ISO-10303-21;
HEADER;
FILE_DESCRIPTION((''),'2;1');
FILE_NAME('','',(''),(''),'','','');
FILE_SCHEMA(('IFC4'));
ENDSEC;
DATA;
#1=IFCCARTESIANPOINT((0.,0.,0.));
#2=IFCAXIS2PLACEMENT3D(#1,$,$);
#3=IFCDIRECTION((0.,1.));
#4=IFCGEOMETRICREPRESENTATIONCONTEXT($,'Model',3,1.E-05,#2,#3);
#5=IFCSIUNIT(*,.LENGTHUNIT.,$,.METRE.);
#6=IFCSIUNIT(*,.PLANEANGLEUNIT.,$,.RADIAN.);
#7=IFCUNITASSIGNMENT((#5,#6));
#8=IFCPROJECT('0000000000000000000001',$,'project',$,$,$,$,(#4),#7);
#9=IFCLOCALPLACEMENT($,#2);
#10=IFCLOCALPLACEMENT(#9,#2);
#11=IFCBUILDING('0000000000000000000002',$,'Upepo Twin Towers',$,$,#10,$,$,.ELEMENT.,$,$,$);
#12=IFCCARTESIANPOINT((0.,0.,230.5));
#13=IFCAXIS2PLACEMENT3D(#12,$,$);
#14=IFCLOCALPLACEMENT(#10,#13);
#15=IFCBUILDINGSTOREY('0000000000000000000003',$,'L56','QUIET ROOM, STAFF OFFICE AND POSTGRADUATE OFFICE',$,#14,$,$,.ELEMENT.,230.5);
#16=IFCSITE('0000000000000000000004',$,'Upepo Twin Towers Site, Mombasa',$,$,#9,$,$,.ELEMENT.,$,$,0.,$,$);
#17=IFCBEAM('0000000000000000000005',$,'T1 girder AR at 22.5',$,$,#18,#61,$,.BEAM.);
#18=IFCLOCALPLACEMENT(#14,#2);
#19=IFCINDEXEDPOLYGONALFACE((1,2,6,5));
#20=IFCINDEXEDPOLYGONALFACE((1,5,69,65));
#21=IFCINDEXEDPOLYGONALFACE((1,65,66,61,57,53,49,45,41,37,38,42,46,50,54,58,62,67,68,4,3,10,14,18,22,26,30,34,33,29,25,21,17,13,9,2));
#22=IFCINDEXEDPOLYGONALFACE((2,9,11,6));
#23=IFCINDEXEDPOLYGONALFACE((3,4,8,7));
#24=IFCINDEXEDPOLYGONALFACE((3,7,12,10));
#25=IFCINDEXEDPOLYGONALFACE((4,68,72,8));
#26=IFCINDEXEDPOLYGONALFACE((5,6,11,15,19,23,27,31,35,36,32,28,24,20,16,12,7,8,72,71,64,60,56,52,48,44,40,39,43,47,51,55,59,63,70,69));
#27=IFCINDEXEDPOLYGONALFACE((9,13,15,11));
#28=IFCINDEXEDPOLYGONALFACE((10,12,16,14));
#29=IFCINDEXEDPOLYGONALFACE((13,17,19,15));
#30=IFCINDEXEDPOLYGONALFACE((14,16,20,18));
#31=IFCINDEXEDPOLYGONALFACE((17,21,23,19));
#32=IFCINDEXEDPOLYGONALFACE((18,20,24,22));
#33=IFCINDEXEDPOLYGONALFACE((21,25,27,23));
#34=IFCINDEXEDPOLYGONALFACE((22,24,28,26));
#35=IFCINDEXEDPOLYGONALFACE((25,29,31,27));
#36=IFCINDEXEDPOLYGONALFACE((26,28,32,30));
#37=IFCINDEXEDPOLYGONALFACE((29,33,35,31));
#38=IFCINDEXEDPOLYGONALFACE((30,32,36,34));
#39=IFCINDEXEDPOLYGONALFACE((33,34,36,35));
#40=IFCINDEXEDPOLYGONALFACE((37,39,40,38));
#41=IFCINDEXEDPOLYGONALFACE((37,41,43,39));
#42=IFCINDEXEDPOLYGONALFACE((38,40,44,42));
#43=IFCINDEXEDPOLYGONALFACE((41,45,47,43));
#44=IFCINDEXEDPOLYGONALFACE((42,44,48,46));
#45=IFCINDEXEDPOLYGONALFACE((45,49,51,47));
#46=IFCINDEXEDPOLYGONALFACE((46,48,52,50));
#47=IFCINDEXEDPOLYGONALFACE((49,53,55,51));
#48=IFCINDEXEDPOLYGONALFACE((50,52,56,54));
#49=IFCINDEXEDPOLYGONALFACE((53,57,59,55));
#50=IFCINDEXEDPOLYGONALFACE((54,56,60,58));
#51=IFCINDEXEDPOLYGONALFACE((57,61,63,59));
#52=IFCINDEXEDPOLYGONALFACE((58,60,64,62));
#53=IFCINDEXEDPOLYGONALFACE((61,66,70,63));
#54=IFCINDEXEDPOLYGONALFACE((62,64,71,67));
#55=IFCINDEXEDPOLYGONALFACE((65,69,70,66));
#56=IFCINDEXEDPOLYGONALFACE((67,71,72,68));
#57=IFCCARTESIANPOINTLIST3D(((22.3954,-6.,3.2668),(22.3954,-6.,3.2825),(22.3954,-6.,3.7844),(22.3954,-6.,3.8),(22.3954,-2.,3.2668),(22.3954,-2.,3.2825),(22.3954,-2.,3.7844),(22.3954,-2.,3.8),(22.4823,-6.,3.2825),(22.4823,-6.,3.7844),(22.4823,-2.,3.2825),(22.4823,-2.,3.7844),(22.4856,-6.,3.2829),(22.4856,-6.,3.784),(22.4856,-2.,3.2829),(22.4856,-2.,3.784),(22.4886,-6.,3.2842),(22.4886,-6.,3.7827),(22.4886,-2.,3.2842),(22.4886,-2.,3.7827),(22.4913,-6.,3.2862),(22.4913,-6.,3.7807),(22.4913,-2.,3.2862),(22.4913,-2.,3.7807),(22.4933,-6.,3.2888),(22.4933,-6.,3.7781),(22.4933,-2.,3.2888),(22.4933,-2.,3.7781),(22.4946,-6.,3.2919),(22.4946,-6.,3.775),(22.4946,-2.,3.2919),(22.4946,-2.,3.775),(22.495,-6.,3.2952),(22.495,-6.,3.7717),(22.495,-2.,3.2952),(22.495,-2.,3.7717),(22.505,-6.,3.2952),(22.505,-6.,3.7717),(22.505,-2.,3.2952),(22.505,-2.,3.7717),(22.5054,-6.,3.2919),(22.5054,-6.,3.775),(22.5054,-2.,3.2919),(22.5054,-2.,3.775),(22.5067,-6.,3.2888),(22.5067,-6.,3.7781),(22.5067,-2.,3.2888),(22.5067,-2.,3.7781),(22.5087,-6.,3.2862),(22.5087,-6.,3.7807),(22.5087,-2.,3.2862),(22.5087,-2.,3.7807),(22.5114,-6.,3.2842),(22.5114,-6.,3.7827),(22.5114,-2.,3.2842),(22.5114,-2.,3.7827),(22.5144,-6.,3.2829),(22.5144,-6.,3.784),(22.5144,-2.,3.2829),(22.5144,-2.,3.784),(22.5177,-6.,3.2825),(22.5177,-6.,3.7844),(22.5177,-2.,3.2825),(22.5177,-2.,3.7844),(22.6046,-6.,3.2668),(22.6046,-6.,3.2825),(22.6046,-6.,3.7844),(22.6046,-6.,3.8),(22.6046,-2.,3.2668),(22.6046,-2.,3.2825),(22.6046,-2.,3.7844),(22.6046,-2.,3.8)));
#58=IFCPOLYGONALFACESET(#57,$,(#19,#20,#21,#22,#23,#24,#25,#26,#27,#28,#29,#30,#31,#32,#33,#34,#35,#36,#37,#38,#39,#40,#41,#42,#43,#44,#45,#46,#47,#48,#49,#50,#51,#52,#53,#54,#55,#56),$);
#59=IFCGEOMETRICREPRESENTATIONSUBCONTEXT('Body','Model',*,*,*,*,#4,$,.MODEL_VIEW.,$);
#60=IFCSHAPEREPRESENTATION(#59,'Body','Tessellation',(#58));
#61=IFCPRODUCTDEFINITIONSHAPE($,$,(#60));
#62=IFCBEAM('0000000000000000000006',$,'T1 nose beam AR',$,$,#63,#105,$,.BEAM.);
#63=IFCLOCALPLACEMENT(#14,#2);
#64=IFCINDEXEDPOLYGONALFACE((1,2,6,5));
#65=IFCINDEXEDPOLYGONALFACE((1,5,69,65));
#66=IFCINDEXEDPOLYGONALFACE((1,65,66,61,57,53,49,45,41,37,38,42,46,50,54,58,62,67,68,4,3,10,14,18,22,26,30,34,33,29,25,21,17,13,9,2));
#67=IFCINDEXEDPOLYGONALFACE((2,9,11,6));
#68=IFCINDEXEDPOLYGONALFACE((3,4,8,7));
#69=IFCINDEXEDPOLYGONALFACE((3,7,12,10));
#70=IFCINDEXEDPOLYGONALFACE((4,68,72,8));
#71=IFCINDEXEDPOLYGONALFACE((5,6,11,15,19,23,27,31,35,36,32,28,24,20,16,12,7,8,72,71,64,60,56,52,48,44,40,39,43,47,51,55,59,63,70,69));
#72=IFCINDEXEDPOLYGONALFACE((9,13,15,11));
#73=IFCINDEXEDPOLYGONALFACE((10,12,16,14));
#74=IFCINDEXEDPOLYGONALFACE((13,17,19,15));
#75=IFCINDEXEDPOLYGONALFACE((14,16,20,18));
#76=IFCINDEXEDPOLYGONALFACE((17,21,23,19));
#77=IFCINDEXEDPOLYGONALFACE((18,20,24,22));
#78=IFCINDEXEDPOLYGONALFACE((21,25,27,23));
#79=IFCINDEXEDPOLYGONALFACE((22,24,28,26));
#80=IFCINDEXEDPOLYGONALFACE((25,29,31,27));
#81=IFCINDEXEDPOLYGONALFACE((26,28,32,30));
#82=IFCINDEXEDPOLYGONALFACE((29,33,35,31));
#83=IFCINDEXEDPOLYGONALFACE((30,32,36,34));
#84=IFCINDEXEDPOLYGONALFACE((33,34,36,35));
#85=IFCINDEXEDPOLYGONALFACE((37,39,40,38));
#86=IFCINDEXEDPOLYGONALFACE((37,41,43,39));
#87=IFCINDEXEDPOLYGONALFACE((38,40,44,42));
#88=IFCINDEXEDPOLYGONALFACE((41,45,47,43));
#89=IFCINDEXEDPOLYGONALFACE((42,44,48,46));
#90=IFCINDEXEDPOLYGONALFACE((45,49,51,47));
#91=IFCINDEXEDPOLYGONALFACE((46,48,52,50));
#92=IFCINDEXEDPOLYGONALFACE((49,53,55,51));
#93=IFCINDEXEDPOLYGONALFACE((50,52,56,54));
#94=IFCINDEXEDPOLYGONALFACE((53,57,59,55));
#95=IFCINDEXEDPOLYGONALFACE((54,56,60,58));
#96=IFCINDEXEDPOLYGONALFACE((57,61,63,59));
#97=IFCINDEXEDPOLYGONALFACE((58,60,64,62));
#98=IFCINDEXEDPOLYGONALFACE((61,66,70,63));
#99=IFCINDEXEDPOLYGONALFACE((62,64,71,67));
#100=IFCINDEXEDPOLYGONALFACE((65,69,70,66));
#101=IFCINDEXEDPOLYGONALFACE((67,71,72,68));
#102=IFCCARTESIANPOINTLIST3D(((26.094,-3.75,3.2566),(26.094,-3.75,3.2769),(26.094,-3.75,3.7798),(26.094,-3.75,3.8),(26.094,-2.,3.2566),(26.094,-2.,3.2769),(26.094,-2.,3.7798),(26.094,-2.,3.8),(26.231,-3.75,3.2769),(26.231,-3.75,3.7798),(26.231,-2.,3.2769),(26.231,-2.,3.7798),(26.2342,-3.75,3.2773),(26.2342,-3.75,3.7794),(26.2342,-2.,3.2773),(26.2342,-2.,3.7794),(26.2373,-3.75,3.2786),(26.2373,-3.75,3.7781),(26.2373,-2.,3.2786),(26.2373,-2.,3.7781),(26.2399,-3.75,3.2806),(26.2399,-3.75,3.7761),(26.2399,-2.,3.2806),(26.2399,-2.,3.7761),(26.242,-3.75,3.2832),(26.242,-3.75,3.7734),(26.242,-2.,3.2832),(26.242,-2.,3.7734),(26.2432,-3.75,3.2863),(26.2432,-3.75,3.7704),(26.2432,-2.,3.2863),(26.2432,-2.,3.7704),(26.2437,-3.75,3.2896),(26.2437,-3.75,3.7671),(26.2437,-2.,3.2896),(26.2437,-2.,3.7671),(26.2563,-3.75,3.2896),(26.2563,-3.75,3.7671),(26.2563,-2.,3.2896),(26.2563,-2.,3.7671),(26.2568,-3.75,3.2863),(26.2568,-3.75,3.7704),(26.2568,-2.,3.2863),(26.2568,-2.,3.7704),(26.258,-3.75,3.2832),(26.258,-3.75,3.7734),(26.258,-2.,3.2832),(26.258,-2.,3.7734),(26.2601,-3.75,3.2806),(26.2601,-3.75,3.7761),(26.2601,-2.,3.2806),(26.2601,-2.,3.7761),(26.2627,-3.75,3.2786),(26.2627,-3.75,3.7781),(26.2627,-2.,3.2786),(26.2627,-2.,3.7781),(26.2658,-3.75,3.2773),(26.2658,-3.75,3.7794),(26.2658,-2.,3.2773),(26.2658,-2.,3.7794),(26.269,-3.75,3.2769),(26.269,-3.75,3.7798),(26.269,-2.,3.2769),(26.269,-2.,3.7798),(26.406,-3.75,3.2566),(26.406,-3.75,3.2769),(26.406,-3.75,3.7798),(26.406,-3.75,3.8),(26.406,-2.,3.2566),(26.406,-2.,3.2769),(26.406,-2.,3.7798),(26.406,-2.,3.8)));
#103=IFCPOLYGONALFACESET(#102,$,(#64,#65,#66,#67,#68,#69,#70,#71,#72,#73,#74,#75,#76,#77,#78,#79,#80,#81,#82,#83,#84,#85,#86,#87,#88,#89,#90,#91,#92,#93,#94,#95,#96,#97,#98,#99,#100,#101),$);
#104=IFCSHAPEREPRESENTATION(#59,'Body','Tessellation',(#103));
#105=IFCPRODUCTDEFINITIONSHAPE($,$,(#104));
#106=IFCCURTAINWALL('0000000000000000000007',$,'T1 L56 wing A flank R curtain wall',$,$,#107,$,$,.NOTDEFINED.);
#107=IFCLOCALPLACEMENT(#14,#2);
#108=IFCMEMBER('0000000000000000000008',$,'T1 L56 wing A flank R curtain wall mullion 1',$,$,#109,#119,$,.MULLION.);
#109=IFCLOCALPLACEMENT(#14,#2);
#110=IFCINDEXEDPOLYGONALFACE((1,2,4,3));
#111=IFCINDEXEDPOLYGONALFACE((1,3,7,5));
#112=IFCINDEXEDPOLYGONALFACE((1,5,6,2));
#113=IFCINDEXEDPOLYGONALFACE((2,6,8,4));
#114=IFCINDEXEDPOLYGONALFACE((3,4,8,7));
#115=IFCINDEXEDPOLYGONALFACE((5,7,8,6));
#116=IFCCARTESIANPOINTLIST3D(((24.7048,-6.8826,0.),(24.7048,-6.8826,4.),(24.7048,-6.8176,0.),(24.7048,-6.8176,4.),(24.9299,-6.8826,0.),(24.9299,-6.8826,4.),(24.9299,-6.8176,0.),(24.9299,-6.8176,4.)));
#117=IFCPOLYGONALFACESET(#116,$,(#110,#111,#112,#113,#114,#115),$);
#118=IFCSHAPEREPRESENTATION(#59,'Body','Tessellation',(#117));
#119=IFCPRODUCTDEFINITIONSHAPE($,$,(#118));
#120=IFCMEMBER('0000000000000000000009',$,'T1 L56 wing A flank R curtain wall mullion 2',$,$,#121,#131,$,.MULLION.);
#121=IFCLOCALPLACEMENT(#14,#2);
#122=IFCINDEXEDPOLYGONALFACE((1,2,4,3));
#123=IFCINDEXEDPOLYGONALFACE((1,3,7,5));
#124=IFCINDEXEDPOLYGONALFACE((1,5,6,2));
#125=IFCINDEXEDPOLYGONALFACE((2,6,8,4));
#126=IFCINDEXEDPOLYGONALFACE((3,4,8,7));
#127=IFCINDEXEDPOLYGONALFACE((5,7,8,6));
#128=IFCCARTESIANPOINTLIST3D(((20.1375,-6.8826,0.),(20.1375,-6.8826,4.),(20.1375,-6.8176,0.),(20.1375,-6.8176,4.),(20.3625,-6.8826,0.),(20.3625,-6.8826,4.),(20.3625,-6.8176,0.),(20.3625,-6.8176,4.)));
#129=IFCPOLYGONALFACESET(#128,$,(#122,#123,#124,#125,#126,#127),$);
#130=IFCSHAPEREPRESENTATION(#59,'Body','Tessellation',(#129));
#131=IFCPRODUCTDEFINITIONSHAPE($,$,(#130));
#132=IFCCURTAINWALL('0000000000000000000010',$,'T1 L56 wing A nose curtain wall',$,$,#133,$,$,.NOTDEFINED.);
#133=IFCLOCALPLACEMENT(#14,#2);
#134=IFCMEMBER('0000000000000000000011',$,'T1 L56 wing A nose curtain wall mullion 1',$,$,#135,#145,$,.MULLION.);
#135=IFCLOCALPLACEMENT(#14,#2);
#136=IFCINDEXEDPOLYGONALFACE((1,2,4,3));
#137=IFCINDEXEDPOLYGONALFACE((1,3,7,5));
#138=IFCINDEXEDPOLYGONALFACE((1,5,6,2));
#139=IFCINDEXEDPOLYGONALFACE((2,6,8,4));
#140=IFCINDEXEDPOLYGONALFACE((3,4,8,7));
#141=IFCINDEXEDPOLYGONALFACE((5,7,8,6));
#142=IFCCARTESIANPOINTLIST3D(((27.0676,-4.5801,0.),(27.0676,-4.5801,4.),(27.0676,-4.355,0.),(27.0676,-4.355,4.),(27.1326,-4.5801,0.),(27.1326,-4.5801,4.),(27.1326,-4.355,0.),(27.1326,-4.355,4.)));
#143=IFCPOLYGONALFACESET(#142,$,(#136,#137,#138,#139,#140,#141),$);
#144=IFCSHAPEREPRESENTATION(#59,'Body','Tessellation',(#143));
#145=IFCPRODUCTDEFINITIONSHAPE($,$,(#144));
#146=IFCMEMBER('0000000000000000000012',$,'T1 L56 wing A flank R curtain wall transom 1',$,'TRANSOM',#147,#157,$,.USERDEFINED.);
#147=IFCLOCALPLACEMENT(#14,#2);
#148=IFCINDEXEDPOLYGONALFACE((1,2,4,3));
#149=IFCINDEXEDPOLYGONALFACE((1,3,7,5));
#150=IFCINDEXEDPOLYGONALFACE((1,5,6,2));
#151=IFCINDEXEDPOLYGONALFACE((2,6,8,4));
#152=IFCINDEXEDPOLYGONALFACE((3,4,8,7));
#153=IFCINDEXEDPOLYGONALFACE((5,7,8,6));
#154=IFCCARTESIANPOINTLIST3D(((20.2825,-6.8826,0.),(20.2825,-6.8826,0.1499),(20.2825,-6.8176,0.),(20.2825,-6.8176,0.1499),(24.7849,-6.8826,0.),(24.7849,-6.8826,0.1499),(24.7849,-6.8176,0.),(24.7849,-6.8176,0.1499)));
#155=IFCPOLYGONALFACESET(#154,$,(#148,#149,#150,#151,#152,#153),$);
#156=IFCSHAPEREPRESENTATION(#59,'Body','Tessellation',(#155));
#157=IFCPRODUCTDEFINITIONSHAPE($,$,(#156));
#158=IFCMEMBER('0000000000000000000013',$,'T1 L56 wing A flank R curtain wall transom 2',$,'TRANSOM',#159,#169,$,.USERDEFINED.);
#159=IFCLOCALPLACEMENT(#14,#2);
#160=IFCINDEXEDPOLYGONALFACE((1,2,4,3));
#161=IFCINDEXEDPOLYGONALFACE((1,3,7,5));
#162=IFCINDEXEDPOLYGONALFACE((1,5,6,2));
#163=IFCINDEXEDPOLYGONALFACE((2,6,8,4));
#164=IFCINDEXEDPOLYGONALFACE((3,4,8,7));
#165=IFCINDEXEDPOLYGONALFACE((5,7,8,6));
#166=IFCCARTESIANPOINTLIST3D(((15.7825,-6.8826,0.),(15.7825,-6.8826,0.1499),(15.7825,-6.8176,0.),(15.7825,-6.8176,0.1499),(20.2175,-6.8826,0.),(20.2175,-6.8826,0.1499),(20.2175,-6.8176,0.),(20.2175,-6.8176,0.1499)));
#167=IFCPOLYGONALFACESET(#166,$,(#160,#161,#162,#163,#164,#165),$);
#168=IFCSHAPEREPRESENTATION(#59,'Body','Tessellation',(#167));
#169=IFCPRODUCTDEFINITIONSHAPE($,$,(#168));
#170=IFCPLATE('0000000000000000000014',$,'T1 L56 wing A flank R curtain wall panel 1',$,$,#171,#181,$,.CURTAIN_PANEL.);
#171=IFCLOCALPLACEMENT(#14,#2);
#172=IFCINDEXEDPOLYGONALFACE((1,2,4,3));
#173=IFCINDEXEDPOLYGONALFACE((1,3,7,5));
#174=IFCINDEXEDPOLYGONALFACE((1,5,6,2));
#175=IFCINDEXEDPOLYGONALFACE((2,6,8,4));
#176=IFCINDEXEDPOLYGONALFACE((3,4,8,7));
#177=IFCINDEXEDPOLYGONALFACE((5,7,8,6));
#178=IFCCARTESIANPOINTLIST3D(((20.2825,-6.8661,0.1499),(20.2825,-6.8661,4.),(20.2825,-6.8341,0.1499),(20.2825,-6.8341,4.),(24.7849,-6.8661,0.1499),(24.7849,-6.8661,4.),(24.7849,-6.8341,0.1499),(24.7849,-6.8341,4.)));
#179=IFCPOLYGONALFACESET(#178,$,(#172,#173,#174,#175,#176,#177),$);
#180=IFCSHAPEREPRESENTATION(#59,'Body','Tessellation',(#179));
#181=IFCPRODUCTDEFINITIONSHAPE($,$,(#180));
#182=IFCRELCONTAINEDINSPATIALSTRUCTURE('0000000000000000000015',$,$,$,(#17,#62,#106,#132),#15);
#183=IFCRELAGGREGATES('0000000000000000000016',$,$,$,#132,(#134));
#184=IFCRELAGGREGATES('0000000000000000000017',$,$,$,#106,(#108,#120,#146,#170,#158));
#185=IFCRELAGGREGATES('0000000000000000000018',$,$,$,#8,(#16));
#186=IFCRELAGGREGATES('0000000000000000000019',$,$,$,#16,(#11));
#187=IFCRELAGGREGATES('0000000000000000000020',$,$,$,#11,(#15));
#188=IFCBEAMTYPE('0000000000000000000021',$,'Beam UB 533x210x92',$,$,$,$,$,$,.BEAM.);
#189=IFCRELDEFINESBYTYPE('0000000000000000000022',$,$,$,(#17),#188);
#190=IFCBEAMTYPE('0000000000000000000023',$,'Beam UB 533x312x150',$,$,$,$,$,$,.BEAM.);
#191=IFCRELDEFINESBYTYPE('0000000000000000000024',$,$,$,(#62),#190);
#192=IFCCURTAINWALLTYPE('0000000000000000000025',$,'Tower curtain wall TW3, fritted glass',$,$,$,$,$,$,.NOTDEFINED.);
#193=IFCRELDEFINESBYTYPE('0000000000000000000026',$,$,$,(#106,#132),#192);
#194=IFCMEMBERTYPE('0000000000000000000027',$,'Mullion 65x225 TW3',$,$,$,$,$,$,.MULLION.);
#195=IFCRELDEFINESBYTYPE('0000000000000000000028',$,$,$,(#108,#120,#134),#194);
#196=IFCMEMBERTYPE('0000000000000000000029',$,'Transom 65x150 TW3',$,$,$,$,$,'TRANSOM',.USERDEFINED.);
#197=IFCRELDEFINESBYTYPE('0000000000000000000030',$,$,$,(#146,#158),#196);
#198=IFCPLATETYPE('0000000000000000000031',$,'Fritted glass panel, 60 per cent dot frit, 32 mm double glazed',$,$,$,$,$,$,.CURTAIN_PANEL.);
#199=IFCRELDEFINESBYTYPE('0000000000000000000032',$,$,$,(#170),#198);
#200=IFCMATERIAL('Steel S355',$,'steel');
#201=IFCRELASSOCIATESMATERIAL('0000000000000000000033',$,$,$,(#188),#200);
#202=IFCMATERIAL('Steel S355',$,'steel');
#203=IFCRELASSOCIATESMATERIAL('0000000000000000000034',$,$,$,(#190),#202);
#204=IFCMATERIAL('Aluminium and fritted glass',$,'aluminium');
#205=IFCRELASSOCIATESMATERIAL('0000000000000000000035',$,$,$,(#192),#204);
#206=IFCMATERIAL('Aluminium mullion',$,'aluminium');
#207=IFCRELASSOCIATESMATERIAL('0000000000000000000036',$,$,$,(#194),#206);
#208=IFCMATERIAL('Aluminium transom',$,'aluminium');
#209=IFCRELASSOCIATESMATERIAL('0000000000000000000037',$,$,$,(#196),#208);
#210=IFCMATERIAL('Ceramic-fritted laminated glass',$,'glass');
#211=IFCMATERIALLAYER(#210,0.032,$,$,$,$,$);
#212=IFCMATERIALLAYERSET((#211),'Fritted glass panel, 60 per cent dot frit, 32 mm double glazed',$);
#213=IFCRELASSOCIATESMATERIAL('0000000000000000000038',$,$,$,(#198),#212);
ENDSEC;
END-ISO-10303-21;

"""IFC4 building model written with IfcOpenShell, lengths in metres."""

from ifc_helpers import new_model, si_unit, direction, frame, origin, origin_2d, place, context, subcontext, project, spatial, rectangle, i_section, extrude, material, layer, layer_set, material_profile, profile_set, type_object, element, aggregate, save


model = new_model("IFC4")

# Units and contexts
model_context = context("Model", 3, precision=1e-05, world=origin(), true_north=direction((0.0, 1.0)))
body_context = subcontext(model_context, "Body", "Model", "MODEL_VIEW")
ifc_project = project(units=[si_unit("LENGTHUNIT", "METRE"), si_unit("PLANEANGLEUNIT", "RADIAN")], contexts=[model_context])

# Site, building, storey
site_placement = place(None, origin())
site = spatial("IfcSite", under=ifc_project, at=site_placement, Name="Upepo Twin Towers Site, Mombasa", CompositionType="ELEMENT", RefElevation=0.0)
building_placement = place(site_placement, origin())
building = spatial("IfcBuilding", under=site, at=building_placement, Name="Upepo Twin Towers", CompositionType="ELEMENT")
storey_placement = place(building_placement, frame((0.0, 0.0, 230.5)))
storey = spatial("IfcBuildingStorey", under=building, at=storey_placement, Name="L56", Description="QUIET ROOM, STAFF OFFICE AND POSTGRADUATE OFFICE", CompositionType="ELEMENT", Elevation=230.5)

# Beams
ifc_material_1 = material(Name="Steel S355", Category="steel")
ifc_material_profile_1 = material_profile(ifc_material_1, i_section(OverallWidth=0.2092, OverallDepth=0.5332, WebThickness=0.01, FlangeThickness=0.0156, FilletRadius=0.0127, at=origin_2d()), Name="UB 533x210x92")
ifc_profile_set_1 = profile_set([ifc_material_profile_1], Name="Steel S355")
beam_type_1 = type_object("IfcBeamType", Name="Beam UB 533x210x92", PredefinedType="BEAM", material=ifc_profile_set_1)
for number, where, z_axis, x_axis, name in (
    (1, (22.5, -6.0, 3.5334), (0.0, 1.0, 0.0), (-1.0, 0.0, 0.0), "T1 girder AR at 22.5"),
):
    element("IfcBeam", number, at=place(storey_placement, frame(where, z_axis=z_axis, x_axis=x_axis)), inside=storey, type_object=beam_type_1, Name=name, PredefinedType="BEAM", context=body_context, shape_type="SweptSolid", body=[
        extrude(i_section(OverallWidth=0.2092, OverallDepth=0.5332, WebThickness=0.01, FlangeThickness=0.0156, FilletRadius=0.0127, at=origin_2d()), origin(), (0.0, 0.0, 1.0), 4.0),
    ])
ifc_material_2 = material(Name="Steel S355", Category="steel")
ifc_material_profile_2 = material_profile(ifc_material_2, i_section(OverallWidth=0.312, OverallDepth=0.5435, WebThickness=0.0127, FlangeThickness=0.0203, FilletRadius=0.0127, at=origin_2d()), Name="UB 533x312x150")
ifc_profile_set_2 = profile_set([ifc_material_profile_2], Name="Steel S355")
beam_type_2 = type_object("IfcBeamType", Name="Beam UB 533x312x150", PredefinedType="BEAM", material=ifc_profile_set_2)
beam_1_placement = place(storey_placement, frame((26.25, -3.75, 3.5283), z_axis=(0.0, 1.0, 0.0), x_axis=(-1.0, 0.0, 0.0)))
element("IfcBeam", 2, at=beam_1_placement, inside=storey, type_object=beam_type_2, Name="T1 nose beam AR", PredefinedType="BEAM", context=body_context, shape_type="SweptSolid", body=[
    extrude(i_section(OverallWidth=0.312, OverallDepth=0.5435, WebThickness=0.0127, FlangeThickness=0.0203, FilletRadius=0.0127, at=origin_2d()), origin(), (0.0, 0.0, 1.0), 1.75),
])

# Curtain wall, members
ifc_material_3 = material(Name="Aluminium and fritted glass", Category="aluminium")
curtain_wall_type = type_object("IfcCurtainWallType", Name="Tower curtain wall TW3, fritted glass", PredefinedType="NOTDEFINED", material=ifc_material_3)
curtain_wall_1_placement = place(storey_placement, origin())
curtain_wall_1 = element("IfcCurtainWall", 3, at=curtain_wall_1_placement, inside=storey, type_object=curtain_wall_type, Name="T1 L56 wing A flank R curtain wall", PredefinedType="NOTDEFINED")
ifc_material_4 = material(Name="Aluminium mullion", Category="aluminium")
ifc_material_profile_3 = material_profile(ifc_material_4, rectangle(XDim=0.0649, YDim=0.2251, at=origin_2d()), Name="MULLION 65x225")
ifc_profile_set_3 = profile_set([ifc_material_profile_3], Name="Aluminium mullion")
member_type_1 = type_object("IfcMemberType", Name="Mullion 65x225 TW3", PredefinedType="MULLION", material=ifc_profile_set_3)
member_1_placement = place(storey_placement, frame((24.8174, -6.8501, 0.0), z_axis=(0.0, 0.0, 1.0), x_axis=(0.0, -1.0, 0.0)))
member_1 = element("IfcMember", 4, at=member_1_placement, type_object=member_type_1, Name="T1 L56 wing A flank R curtain wall mullion 1", PredefinedType="MULLION", context=body_context, shape_type="SweptSolid", body=[
    extrude(rectangle(XDim=0.0649, YDim=0.2251, at=origin_2d()), origin(), (0.0, 0.0, 1.0), 4.0),
])
member_2_placement = place(storey_placement, frame((20.25, -6.8501, 0.0), z_axis=(0.0, 0.0, 1.0), x_axis=(0.0, -1.0, 0.0)))
member_2 = element("IfcMember", 5, at=member_2_placement, type_object=member_type_1, Name="T1 L56 wing A flank R curtain wall mullion 2", PredefinedType="MULLION", context=body_context, shape_type="SweptSolid", body=[
    extrude(rectangle(XDim=0.0649, YDim=0.2251, at=origin_2d()), origin(), (0.0, 0.0, 1.0), 4.0),
])

# Curtain wall, member
curtain_wall_2_placement = place(storey_placement, origin())
curtain_wall_2 = element("IfcCurtainWall", 6, at=curtain_wall_2_placement, inside=storey, type_object=curtain_wall_type, Name="T1 L56 wing A nose curtain wall", PredefinedType="NOTDEFINED")
member_3_placement = place(storey_placement, frame((27.1001, -4.4675, 0.0), z_axis=(0.0, 0.0, 1.0), x_axis=(-1.0, 0.0, 0.0)))
member_3 = element("IfcMember", 7, at=member_3_placement, type_object=member_type_1, Name="T1 L56 wing A nose curtain wall mullion 1", PredefinedType="MULLION", context=body_context, shape_type="SweptSolid", body=[
    extrude(rectangle(XDim=0.0649, YDim=0.2251, at=origin_2d()), origin(), (0.0, 0.0, 1.0), 4.0),
])
aggregate(curtain_wall_2, [member_3])

# Members
ifc_material_5 = material(Name="Aluminium transom", Category="aluminium")
ifc_material_profile_4 = material_profile(ifc_material_5, rectangle(XDim=0.0649, YDim=0.1499, at=origin_2d()), Name="TRANSOM 65x150")
ifc_profile_set_4 = profile_set([ifc_material_profile_4], Name="Aluminium transom")
member_type_2 = type_object("IfcMemberType", Name="Transom 65x150 TW3", ElementType="TRANSOM", PredefinedType="USERDEFINED", material=ifc_profile_set_4)
member_4_placement = place(storey_placement, frame((24.7849, -6.8501, 0.075), z_axis=(-1.0, 0.0, 0.0), x_axis=(0.0, -1.0, 0.0)))
member_4 = element("IfcMember", 8, at=member_4_placement, type_object=member_type_2, Name="T1 L56 wing A flank R curtain wall transom 1", ObjectType="TRANSOM", PredefinedType="USERDEFINED", context=body_context, shape_type="SweptSolid", body=[
    extrude(rectangle(XDim=0.0649, YDim=0.1499, at=origin_2d()), origin(), (0.0, 0.0, 1.0), 4.5024),
])
member_5_placement = place(storey_placement, frame((20.2175, -6.8501, 0.075), z_axis=(-1.0, 0.0, 0.0), x_axis=(0.0, -1.0, 0.0)))
member_5 = element("IfcMember", 9, at=member_5_placement, type_object=member_type_2, Name="T1 L56 wing A flank R curtain wall transom 2", ObjectType="TRANSOM", PredefinedType="USERDEFINED", context=body_context, shape_type="SweptSolid", body=[
    extrude(rectangle(XDim=0.0649, YDim=0.1499, at=origin_2d()), origin(), (0.0, 0.0, 1.0), 4.4351),
])

# Plate
ifc_material_6 = material(Name="Ceramic-fritted laminated glass", Category="glass")
ifc_layer_1 = layer(ifc_material_6, 0.032)
ifc_layer_set_1 = layer_set([ifc_layer_1], Name="Fritted glass panel, 60 per cent dot frit, 32 mm double glazed")
plate_type = type_object("IfcPlateType", Name="Fritted glass panel, 60 per cent dot frit, 32 mm double glazed", PredefinedType="CURTAIN_PANEL", material=ifc_layer_set_1)
plate_1_placement = place(storey_placement, frame((22.5337, -6.8501, 0.1499), z_axis=(0.0, 0.0, 1.0), x_axis=(-1.0, 0.0, 0.0)))
plate_1 = element("IfcPlate", 10, at=plate_1_placement, type_object=plate_type, Name="T1 L56 wing A flank R curtain wall panel 1", PredefinedType="CURTAIN_PANEL", context=body_context, shape_type="SweptSolid", body=[
    extrude(rectangle(XDim=4.5024, YDim=0.032, at=origin_2d()), origin(), (0.0, 0.0, 1.0), 3.8501),
])
aggregate(curtain_wall_1, [member_1, member_2, member_4, plate_1, member_5])

save(model, "model.ifc")
